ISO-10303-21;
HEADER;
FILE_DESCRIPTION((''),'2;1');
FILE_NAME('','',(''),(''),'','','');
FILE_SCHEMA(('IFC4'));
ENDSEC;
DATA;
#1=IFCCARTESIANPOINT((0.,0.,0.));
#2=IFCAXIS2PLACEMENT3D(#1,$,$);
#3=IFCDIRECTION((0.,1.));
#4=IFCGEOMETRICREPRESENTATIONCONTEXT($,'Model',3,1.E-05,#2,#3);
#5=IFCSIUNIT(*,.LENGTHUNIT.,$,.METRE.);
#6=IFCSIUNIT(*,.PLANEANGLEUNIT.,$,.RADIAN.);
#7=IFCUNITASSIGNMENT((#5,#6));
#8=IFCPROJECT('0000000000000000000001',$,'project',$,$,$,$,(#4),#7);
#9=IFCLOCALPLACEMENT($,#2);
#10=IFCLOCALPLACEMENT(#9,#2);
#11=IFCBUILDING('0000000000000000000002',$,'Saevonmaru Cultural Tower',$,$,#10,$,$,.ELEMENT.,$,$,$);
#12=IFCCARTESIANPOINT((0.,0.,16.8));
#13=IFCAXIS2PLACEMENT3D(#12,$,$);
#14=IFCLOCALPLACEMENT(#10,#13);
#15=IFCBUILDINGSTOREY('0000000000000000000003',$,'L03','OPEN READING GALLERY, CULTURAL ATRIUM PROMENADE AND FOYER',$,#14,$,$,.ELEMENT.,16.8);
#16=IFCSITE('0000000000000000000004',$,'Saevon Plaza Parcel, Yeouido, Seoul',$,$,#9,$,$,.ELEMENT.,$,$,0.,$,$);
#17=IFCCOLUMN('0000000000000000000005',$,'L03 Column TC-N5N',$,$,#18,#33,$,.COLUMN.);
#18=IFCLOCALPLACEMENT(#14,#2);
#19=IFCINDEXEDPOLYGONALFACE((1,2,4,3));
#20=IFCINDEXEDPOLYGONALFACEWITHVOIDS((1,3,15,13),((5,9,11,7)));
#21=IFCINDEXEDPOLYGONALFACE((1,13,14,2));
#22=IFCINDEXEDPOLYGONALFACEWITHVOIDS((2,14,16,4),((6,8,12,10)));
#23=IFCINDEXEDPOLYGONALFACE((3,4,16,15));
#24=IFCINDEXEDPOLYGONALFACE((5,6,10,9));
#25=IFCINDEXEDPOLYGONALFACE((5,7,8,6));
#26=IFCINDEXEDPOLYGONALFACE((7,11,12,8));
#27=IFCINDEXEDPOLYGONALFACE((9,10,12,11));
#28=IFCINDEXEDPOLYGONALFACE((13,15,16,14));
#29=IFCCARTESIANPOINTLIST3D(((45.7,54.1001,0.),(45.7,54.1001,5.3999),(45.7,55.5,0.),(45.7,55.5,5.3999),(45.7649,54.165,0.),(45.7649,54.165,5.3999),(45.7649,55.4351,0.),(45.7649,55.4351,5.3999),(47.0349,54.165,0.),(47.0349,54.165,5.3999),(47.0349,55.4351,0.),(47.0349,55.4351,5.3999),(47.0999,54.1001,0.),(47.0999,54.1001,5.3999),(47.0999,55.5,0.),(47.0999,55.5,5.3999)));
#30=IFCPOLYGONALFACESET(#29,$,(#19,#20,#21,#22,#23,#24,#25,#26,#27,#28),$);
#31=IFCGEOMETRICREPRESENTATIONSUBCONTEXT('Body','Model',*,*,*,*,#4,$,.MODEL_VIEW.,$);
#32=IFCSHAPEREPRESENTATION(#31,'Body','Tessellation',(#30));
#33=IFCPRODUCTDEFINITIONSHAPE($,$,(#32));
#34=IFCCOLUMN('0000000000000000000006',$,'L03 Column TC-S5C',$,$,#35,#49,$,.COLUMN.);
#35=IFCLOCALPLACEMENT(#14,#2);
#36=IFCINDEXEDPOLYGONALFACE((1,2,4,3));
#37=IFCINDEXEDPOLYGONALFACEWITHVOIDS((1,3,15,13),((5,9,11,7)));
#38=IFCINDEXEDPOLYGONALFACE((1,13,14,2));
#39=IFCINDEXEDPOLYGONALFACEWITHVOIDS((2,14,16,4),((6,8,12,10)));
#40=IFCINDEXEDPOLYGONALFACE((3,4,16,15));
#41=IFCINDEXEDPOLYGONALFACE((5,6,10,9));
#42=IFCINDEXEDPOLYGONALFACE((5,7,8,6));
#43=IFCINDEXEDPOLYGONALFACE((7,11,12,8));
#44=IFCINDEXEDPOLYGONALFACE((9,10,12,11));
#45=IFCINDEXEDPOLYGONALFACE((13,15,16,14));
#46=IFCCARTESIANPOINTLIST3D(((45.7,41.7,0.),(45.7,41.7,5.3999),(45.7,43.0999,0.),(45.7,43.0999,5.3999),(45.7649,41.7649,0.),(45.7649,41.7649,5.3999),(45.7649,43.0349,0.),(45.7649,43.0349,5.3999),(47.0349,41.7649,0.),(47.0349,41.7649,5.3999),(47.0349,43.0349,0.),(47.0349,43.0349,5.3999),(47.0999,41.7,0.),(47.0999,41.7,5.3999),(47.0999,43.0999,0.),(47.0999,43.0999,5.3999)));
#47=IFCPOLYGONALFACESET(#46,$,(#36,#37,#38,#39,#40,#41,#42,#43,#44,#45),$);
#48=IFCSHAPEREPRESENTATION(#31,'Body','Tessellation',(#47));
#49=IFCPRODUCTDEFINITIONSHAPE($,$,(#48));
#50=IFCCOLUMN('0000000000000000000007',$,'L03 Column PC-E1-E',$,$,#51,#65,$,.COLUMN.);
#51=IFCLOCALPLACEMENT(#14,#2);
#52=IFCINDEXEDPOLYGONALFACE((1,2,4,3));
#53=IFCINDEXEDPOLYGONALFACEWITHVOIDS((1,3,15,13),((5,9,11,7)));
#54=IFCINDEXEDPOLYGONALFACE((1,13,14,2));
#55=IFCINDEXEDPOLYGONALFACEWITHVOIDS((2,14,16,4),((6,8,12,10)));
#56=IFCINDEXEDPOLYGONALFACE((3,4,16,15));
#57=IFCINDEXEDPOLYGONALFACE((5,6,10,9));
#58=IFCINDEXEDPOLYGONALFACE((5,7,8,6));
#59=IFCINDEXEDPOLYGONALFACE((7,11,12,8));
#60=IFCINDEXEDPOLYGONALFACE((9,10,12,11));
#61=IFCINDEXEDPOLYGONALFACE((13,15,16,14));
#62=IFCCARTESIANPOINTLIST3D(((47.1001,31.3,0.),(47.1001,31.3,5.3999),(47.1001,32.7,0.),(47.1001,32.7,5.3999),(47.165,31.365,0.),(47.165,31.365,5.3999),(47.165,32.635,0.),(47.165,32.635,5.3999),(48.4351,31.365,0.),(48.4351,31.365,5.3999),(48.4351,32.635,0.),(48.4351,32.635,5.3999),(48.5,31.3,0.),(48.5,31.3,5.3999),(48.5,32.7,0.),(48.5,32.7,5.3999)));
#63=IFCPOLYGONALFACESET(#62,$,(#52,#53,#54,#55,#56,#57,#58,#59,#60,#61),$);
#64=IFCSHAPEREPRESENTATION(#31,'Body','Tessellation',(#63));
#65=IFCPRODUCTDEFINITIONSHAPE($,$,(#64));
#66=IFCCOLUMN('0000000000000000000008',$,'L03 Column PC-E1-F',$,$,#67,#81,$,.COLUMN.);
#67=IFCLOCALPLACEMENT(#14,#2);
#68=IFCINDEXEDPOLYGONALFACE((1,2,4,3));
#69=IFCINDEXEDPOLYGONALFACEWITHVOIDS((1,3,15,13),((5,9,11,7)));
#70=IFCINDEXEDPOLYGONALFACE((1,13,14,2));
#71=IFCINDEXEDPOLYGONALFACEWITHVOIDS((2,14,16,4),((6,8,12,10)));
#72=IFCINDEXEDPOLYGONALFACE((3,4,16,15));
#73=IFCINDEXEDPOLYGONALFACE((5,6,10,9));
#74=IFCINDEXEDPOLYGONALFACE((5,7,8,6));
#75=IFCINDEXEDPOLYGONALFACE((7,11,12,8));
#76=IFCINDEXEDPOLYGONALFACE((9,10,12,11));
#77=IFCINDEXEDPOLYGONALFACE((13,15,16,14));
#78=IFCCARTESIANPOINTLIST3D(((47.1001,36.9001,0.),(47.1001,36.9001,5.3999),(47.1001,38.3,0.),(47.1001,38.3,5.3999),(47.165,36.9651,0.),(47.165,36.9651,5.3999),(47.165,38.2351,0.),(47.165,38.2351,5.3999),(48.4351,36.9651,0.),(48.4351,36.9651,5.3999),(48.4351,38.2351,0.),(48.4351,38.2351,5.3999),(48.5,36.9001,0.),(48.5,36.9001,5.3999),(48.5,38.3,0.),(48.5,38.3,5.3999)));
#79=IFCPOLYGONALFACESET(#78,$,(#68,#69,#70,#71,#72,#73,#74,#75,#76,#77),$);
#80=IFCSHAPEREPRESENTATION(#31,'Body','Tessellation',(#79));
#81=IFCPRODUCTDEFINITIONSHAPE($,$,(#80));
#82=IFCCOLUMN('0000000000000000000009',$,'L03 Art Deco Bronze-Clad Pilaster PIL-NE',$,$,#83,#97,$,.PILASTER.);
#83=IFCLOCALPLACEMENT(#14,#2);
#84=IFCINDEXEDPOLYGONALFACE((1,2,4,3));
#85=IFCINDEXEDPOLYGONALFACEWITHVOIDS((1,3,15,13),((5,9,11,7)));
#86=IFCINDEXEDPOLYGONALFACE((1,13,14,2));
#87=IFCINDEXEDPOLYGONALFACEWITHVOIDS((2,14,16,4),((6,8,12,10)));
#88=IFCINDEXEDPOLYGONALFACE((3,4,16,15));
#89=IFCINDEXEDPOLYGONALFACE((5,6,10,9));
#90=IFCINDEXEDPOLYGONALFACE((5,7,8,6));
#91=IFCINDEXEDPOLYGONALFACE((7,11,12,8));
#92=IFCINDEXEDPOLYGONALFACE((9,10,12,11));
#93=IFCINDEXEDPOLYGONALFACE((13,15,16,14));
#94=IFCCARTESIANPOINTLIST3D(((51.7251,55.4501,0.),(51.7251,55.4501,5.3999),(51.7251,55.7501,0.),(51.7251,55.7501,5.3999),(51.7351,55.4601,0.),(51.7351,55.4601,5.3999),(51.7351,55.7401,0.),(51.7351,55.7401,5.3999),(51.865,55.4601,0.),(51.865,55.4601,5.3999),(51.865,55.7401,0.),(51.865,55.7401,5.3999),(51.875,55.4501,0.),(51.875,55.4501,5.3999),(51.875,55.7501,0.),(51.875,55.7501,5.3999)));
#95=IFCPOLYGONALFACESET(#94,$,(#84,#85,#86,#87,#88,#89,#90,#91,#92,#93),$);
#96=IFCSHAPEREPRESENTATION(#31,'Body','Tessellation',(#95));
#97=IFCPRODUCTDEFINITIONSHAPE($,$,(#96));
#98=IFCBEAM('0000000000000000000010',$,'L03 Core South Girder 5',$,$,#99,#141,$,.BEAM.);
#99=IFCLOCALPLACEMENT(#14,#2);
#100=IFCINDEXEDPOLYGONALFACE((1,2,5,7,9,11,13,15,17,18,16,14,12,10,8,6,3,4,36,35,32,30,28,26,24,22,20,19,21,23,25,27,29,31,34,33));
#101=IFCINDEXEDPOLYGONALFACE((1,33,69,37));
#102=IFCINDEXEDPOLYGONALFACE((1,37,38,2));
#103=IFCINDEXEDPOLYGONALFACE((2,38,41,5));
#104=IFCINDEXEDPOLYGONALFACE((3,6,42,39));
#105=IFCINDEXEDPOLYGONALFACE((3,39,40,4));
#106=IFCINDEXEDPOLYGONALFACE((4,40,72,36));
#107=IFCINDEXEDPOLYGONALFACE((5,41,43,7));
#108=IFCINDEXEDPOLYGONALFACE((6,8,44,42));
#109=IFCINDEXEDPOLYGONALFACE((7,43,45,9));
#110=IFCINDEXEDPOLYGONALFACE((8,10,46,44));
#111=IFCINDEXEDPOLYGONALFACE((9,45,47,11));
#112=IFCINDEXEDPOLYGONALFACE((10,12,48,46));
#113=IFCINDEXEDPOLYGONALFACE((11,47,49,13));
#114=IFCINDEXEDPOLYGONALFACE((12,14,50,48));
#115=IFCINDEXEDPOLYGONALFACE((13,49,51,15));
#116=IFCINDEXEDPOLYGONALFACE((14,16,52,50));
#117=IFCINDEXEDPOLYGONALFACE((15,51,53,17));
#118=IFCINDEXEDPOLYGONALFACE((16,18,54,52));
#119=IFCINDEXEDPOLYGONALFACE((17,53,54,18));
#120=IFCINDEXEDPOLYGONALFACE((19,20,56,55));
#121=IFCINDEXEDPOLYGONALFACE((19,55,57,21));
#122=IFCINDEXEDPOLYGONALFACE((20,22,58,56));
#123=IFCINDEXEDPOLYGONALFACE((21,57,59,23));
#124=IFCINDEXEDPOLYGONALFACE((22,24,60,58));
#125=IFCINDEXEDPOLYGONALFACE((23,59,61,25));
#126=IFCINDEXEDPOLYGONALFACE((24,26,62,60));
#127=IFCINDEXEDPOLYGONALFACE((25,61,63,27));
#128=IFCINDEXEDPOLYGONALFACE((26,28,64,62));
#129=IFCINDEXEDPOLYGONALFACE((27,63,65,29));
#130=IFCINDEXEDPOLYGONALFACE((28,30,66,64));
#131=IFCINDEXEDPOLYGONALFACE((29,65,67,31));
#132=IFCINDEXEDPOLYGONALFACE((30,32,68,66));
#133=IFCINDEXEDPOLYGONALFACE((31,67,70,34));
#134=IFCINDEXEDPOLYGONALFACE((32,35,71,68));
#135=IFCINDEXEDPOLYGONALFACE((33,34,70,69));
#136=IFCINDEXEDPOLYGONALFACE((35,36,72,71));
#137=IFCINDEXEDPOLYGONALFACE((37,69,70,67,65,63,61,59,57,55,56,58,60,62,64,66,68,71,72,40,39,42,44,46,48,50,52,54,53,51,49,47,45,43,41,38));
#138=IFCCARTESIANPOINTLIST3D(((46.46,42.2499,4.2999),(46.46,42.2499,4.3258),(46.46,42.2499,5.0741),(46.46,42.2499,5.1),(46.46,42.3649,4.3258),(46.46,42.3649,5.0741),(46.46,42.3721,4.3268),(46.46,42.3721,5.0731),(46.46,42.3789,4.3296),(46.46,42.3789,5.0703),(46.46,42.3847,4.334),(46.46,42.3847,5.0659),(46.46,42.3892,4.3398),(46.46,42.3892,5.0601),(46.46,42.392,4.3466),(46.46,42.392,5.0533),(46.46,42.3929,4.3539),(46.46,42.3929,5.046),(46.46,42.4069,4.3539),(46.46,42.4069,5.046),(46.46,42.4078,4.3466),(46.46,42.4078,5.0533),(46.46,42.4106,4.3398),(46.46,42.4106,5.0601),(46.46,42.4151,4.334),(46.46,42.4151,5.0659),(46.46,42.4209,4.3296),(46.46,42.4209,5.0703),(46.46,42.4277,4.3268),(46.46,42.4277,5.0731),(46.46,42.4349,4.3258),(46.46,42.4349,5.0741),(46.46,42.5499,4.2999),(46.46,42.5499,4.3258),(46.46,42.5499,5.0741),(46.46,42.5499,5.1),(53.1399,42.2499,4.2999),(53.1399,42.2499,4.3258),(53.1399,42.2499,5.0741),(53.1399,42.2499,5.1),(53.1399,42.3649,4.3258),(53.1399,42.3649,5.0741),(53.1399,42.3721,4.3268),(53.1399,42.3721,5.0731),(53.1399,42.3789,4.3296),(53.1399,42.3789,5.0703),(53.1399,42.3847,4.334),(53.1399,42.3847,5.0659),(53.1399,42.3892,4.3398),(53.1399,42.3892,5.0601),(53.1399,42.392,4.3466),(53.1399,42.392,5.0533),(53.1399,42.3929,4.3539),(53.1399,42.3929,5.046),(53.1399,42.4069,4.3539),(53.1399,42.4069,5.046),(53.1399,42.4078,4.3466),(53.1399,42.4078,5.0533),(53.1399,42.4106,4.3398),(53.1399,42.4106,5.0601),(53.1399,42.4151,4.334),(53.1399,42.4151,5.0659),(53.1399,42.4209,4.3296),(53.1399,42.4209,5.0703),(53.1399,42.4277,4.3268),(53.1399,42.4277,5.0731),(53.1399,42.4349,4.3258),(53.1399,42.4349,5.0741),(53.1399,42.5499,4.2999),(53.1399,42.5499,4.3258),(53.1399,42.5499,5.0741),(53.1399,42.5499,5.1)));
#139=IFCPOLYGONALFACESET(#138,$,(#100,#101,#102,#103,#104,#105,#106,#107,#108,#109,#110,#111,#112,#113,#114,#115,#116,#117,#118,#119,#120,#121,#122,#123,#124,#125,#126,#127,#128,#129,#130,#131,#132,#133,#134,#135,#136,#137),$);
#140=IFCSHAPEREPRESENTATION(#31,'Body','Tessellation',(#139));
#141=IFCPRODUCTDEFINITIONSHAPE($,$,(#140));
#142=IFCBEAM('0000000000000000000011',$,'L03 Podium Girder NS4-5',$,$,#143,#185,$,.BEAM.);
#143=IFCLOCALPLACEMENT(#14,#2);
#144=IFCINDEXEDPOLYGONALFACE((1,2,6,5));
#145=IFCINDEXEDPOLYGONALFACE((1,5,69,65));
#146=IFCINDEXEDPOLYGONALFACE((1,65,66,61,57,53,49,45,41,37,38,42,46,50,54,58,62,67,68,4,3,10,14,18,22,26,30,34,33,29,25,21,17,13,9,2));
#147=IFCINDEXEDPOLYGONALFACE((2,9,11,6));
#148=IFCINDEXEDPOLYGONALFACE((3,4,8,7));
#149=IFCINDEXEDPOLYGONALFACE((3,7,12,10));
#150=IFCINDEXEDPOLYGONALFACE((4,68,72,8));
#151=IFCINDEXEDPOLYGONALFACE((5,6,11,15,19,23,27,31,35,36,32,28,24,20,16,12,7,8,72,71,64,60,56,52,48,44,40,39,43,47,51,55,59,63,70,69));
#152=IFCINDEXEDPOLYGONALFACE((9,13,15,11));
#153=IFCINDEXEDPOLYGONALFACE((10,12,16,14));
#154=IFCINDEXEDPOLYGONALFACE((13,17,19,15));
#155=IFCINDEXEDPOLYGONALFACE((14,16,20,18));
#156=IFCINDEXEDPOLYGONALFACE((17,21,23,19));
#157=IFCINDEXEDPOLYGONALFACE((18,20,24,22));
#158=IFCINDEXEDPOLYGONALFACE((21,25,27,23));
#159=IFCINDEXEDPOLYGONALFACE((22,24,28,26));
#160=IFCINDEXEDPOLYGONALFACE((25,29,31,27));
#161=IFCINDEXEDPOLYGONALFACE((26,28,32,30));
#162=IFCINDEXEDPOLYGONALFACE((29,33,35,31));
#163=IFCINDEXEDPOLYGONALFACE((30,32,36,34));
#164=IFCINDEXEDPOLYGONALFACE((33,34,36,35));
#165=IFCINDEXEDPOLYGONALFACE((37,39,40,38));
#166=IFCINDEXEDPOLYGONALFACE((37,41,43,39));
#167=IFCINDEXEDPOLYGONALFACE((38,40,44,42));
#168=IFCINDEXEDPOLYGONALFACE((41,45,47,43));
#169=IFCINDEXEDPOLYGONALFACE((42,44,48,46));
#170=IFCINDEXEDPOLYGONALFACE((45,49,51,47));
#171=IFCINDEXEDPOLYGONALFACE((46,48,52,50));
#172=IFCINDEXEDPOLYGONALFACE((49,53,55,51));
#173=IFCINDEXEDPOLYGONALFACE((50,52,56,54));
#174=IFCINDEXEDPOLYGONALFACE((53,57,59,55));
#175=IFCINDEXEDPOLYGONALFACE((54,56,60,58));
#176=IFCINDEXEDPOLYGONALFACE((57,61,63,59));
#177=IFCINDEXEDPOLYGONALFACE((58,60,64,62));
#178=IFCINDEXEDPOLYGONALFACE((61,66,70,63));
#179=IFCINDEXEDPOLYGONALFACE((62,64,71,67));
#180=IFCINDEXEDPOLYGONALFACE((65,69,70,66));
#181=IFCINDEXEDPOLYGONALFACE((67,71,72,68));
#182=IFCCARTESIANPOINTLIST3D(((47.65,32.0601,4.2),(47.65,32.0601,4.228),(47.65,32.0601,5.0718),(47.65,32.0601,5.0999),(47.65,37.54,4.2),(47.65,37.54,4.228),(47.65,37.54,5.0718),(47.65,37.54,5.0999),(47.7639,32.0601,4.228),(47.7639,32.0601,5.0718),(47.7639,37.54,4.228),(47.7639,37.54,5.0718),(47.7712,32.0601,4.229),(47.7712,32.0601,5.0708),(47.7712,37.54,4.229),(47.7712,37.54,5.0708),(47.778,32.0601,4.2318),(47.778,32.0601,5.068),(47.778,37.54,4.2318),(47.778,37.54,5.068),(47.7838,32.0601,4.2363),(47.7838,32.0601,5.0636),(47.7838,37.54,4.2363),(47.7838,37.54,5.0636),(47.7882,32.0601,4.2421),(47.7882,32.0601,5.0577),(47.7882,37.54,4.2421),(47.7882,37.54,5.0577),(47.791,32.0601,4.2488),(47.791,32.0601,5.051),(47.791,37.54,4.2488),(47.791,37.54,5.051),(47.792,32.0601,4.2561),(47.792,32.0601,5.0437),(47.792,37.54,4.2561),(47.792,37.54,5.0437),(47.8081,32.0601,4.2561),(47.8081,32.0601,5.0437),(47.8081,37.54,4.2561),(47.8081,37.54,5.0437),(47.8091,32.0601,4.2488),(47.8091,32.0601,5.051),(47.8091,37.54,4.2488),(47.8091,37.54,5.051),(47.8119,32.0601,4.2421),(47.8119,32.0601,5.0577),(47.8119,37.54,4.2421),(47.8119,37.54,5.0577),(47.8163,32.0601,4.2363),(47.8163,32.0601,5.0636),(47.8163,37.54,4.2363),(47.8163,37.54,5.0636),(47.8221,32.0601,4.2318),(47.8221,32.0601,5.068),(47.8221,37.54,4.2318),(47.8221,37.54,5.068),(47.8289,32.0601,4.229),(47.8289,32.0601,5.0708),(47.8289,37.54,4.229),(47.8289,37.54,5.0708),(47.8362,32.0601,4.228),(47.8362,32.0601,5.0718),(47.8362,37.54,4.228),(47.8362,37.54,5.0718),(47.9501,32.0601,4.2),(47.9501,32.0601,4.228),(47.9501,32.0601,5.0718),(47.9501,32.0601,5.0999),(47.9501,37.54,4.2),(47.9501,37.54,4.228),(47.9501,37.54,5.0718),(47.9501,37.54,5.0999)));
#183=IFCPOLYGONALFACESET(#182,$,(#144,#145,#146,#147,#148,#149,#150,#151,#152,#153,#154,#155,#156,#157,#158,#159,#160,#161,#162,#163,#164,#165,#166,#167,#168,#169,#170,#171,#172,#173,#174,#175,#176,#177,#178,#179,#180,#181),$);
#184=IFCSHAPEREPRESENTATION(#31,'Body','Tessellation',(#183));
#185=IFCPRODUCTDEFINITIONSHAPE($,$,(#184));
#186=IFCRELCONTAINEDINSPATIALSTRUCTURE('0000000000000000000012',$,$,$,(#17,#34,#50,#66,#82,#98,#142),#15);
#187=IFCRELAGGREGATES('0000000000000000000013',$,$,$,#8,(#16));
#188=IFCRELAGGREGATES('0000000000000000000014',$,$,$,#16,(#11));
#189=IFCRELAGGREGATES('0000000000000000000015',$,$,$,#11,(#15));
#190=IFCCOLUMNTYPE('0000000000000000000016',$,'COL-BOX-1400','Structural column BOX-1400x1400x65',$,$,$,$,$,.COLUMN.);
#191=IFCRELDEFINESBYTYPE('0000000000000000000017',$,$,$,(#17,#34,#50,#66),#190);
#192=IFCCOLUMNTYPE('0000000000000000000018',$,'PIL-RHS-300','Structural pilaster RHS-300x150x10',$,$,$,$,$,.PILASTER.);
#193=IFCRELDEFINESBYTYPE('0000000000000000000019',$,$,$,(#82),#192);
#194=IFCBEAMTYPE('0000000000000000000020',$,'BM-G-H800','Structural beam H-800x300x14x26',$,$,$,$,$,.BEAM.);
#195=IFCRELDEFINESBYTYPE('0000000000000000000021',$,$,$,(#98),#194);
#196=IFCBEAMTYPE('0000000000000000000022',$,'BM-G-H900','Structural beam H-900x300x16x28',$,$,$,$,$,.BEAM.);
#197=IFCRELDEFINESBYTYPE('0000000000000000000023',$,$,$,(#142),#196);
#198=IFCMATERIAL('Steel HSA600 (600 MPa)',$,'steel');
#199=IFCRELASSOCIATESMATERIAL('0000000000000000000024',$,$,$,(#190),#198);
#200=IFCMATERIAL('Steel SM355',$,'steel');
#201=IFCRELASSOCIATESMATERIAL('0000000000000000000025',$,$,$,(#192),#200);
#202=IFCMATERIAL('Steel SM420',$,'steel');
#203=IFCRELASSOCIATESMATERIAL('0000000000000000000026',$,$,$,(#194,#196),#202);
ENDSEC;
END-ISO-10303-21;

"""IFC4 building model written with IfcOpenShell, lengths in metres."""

from ifc_helpers import new_model, si_unit, direction, frame, origin, origin_2d, place, context, subcontext, project, spatial, hollow_rectangle, i_section, extrude, material, material_profile, profile_set, type_object, element, save


model = new_model("IFC4")

# Units and contexts
model_context = context("Model", 3, precision=1e-05, world=origin(), true_north=direction((0.0, 1.0)))
body_context = subcontext(model_context, "Body", "Model", "MODEL_VIEW")
ifc_project = project(units=[si_unit("LENGTHUNIT", "METRE"), si_unit("PLANEANGLEUNIT", "RADIAN")], contexts=[model_context])

# Site, building, storey
site_placement = place(None, origin())
site = spatial("IfcSite", under=ifc_project, at=site_placement, Name="Saevon Plaza Parcel, Yeouido, Seoul", CompositionType="ELEMENT", RefElevation=0.0)
building_placement = place(site_placement, origin())
building = spatial("IfcBuilding", under=site, at=building_placement, Name="Saevonmaru Cultural Tower", CompositionType="ELEMENT")
storey_placement = place(building_placement, frame((0.0, 0.0, 16.8)))
storey = spatial("IfcBuildingStorey", under=building, at=storey_placement, Name="L03", Description="OPEN READING GALLERY, CULTURAL ATRIUM PROMENADE AND FOYER", CompositionType="ELEMENT", Elevation=16.8)

# Columns
ifc_material_1 = material(Name="Steel HSA600 (600 MPa)", Category="steel")
ifc_material_profile_1 = material_profile(ifc_material_1, hollow_rectangle(XDim=1.3999, YDim=1.3999, WallThickness=0.0649, at=origin_2d()), Name="BOX-1400x1400x65")
ifc_profile_set_1 = profile_set([ifc_material_profile_1], Name="Steel HSA600 (600 MPa)")
column_type_1 = type_object("IfcColumnType", Name="COL-BOX-1400", Description="Structural column BOX-1400x1400x65", PredefinedType="COLUMN", material=ifc_profile_set_1)
for number, where, z_axis, x_axis, name in (
    (1, (46.3999, 54.8, 0.0), (0.0, 0.0, 1.0), (1.0, 0.0, 0.0), "L03 Column TC-N5N"),
    (2, (46.3999, 42.3999, 0.0), (0.0, 0.0, 1.0), (1.0, 0.0, 0.0), "L03 Column TC-S5C"),
    (3, (47.8, 32.0, 0.0), (0.0, 0.0, 1.0), (1.0, 0.0, 0.0), "L03 Column PC-E1-E"),
    (4, (47.8, 37.6001, 0.0), (0.0, 0.0, 1.0), (1.0, 0.0, 0.0), "L03 Column PC-E1-F"),
):
    element("IfcColumn", number, at=place(storey_placement, frame(where, z_axis=z_axis, x_axis=x_axis)), inside=storey, type_object=column_type_1, Name=name, PredefinedType="COLUMN", context=body_context, shape_type="SweptSolid", body=[
        extrude(hollow_rectangle(XDim=1.3999, YDim=1.3999, WallThickness=0.0649, at=origin_2d()), origin(), (0.0, 0.0, 1.0), 5.3999),
    ])
ifc_material_2 = material(Name="Steel SM355", Category="steel")
ifc_material_profile_2 = material_profile(ifc_material_2, hollow_rectangle(XDim=0.1499, YDim=0.3, WallThickness=0.01, at=origin_2d()), Name="RHS-300x150x10")
ifc_profile_set_2 = profile_set([ifc_material_profile_2], Name="Steel SM355")
column_type_2 = type_object("IfcColumnType", Name="PIL-RHS-300", Description="Structural pilaster RHS-300x150x10", PredefinedType="PILASTER", material=ifc_profile_set_2)
column_placement = place(storey_placement, frame((51.8, 55.6001, 0.0), z_axis=(0.0, 0.0, 1.0), x_axis=(1.0, 0.0, 0.0)))
element("IfcColumn", 5, at=column_placement, inside=storey, type_object=column_type_2, Name="L03 Art Deco Bronze-Clad Pilaster PIL-NE", PredefinedType="PILASTER", context=body_context, shape_type="SweptSolid", body=[
    extrude(hollow_rectangle(XDim=0.1499, YDim=0.3, WallThickness=0.01, at=origin_2d()), origin(), (0.0, 0.0, 1.0), 5.3999),
])

# Beams
ifc_material_3 = material(Name="Steel SM420", Category="steel")
ifc_material_profile_3 = material_profile(ifc_material_3, i_section(OverallWidth=0.3, OverallDepth=0.8, WebThickness=0.0139, FlangeThickness=0.0259, FilletRadius=0.0281, at=origin_2d()), Name="H-800x300x14x26")
ifc_profile_set_3 = profile_set([ifc_material_profile_3], Name="Steel SM420")
beam_type_1 = type_object("IfcBeamType", Name="BM-G-H800", Description="Structural beam H-800x300x14x26", PredefinedType="BEAM", material=ifc_profile_set_3)
beam_1_placement = place(storey_placement, frame((46.46, 42.3999, 4.7), z_axis=(1.0, 0.0, 0.0), x_axis=(0.0, 1.0, 0.0)))
element("IfcBeam", 6, at=beam_1_placement, inside=storey, type_object=beam_type_1, Name="L03 Core South Girder 5", PredefinedType="BEAM", context=body_context, shape_type="SweptSolid", body=[
    extrude(i_section(OverallWidth=0.3, OverallDepth=0.8, WebThickness=0.0139, FlangeThickness=0.0259, FilletRadius=0.0281, at=origin_2d()), origin(), (0.0, 0.0, 1.0), 6.6799),
])
ifc_material_profile_4 = material_profile(ifc_material_3, i_section(OverallWidth=0.3, OverallDepth=0.8999, WebThickness=0.0161, FlangeThickness=0.0281, FilletRadius=0.0281, at=origin_2d()), Name="H-900x300x16x28")
ifc_profile_set_4 = profile_set([ifc_material_profile_4], Name="Steel SM420")
beam_type_2 = type_object("IfcBeamType", Name="BM-G-H900", Description="Structural beam H-900x300x16x28", PredefinedType="BEAM", material=ifc_profile_set_4)
beam_2_placement = place(storey_placement, frame((47.8, 32.0601, 4.6499), z_axis=(0.0, 1.0, 0.0), x_axis=(-1.0, 0.0, 0.0)))
element("IfcBeam", 7, at=beam_2_placement, inside=storey, type_object=beam_type_2, Name="L03 Podium Girder NS4-5", PredefinedType="BEAM", context=body_context, shape_type="SweptSolid", body=[
    extrude(i_section(OverallWidth=0.3, OverallDepth=0.8999, WebThickness=0.0161, FlangeThickness=0.0281, FilletRadius=0.0281, at=origin_2d()), origin(), (0.0, 0.0, 1.0), 5.48),
])

save(model, "model.ifc")
